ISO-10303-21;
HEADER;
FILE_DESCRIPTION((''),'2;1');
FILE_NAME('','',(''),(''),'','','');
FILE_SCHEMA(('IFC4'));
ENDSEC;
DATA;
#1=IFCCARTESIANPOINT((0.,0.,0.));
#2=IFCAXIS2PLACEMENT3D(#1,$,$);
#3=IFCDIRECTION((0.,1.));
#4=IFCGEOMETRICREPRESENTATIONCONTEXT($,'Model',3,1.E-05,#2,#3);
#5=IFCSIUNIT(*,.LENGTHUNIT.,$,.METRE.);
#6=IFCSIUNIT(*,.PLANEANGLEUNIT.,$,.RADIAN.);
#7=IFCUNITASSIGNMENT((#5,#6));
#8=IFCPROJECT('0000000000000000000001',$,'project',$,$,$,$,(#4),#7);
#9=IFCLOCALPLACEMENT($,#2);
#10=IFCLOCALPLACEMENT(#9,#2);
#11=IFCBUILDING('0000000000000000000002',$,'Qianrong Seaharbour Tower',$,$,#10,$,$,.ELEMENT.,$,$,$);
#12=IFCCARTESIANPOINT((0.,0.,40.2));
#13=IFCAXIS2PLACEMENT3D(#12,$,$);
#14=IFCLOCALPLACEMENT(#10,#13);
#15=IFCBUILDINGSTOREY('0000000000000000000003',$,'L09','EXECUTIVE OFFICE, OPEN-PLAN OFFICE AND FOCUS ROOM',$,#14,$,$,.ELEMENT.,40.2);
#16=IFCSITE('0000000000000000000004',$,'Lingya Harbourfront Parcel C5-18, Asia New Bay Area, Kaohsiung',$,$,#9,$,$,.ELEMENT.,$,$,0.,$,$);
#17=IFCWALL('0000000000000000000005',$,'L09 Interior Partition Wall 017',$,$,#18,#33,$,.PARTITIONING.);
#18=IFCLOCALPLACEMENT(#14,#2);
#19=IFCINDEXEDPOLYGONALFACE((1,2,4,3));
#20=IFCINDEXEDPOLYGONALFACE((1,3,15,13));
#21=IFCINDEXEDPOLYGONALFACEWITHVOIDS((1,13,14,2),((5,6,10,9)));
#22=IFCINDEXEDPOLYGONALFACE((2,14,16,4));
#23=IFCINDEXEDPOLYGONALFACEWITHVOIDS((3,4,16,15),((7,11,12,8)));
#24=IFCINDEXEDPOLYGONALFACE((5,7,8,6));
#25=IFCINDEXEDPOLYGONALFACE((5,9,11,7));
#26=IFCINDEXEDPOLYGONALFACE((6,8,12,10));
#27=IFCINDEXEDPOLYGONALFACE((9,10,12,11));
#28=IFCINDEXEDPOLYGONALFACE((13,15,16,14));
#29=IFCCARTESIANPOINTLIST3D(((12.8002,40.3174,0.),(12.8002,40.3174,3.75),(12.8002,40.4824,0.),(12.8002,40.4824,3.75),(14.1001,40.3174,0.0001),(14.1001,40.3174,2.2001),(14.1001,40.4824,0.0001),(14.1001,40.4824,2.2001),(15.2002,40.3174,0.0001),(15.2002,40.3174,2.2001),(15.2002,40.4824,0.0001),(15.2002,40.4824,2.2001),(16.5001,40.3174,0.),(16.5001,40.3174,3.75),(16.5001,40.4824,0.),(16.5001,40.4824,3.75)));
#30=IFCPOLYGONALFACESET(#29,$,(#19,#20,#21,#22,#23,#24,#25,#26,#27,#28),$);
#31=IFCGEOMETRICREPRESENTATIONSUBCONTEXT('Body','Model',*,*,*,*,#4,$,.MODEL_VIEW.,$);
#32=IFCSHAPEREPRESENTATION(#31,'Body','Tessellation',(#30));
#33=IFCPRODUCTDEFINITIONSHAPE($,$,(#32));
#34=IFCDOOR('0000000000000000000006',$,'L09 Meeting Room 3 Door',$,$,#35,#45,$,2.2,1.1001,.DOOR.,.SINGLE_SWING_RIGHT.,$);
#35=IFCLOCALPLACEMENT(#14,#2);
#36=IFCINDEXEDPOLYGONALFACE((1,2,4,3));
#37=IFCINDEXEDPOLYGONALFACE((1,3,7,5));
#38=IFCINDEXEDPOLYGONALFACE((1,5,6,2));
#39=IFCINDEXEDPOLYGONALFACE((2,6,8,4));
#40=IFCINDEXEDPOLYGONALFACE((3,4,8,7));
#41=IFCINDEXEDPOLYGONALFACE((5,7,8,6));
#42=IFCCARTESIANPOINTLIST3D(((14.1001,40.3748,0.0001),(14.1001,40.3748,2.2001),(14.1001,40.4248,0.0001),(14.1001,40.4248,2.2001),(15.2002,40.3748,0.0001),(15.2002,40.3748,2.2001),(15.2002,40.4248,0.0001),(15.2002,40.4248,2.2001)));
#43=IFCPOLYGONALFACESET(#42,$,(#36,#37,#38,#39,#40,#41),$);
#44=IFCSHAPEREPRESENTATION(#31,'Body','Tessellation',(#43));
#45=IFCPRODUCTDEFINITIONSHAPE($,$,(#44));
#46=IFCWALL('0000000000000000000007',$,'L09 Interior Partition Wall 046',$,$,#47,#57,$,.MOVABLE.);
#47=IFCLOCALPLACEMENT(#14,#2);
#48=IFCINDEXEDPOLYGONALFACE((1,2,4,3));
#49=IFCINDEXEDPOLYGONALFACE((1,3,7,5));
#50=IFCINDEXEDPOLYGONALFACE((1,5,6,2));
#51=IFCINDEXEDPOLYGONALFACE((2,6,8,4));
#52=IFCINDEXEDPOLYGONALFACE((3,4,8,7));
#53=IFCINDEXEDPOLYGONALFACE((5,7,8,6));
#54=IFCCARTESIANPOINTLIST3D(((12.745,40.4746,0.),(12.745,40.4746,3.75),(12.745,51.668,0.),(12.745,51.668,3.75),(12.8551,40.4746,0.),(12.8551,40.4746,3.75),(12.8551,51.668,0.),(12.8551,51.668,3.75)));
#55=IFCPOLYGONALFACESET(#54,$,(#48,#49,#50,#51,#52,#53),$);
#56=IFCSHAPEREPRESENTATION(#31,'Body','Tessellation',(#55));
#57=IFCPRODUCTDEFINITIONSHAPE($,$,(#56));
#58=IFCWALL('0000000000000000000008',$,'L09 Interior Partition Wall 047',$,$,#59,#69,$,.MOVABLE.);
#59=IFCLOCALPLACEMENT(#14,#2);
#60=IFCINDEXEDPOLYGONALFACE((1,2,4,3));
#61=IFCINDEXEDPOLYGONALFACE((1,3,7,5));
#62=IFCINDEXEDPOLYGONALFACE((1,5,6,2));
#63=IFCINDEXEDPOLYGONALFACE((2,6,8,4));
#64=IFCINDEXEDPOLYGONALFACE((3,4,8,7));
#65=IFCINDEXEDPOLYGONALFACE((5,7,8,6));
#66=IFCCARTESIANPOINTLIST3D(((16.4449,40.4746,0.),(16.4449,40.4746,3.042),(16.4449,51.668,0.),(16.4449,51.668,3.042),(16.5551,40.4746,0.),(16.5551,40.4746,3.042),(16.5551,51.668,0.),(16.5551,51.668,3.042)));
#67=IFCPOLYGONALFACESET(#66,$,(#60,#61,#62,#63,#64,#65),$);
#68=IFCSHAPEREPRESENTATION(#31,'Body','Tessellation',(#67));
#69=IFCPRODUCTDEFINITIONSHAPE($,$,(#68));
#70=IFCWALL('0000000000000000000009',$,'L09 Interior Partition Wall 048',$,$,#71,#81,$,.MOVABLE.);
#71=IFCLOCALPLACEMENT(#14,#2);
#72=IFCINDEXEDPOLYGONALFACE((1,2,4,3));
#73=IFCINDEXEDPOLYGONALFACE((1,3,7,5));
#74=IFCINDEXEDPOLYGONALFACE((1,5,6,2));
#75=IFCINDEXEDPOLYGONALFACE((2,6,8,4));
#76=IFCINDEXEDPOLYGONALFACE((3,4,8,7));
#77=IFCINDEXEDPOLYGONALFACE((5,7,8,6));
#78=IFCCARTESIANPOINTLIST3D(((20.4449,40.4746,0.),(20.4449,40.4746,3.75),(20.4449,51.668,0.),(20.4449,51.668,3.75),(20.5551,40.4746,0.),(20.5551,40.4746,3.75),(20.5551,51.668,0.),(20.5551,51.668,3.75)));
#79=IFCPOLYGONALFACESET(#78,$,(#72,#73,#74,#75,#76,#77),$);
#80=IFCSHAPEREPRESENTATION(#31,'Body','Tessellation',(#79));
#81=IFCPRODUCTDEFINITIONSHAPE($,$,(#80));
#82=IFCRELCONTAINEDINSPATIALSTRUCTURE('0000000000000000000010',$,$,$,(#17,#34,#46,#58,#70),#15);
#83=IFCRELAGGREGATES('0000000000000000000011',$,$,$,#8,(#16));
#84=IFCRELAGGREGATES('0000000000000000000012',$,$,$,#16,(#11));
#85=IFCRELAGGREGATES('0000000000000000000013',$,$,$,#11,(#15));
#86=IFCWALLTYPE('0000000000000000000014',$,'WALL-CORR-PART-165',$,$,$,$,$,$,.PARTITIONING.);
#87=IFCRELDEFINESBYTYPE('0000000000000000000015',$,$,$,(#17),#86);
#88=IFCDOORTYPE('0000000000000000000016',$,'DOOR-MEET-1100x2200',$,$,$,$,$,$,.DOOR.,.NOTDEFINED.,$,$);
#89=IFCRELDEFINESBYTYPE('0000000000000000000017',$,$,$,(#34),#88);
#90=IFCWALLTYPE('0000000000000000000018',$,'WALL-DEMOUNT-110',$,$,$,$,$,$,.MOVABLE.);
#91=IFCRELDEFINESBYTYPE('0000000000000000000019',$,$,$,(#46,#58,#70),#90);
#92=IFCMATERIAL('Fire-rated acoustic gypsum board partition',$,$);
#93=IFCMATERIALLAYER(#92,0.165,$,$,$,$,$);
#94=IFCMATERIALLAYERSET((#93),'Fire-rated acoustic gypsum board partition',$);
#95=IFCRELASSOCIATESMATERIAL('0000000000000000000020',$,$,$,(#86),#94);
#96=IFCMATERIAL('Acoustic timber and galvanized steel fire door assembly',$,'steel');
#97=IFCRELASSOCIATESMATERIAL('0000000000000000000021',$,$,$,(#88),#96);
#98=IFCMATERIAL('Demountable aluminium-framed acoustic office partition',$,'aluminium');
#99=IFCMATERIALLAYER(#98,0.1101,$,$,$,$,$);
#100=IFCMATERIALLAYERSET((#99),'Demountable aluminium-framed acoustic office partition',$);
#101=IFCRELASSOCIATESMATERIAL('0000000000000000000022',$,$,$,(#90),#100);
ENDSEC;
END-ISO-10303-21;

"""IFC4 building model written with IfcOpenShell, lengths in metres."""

from ifc_helpers import new_model, si_unit, direction, frame, frame_2d, origin, place, context, subcontext, project, spatial, rectangle, extrude, material, layer, layer_set, type_object, element, fill, save


model = new_model("IFC4")

# Units and contexts
model_context = context("Model", 3, precision=1e-05, world=origin(), true_north=direction((0.0, 1.0)))
body_context = subcontext(model_context, "Body", "Model", "MODEL_VIEW")
ifc_project = project(units=[si_unit("LENGTHUNIT", "METRE"), si_unit("PLANEANGLEUNIT", "RADIAN")], contexts=[model_context])

# Site, building, storey
site_placement = place(None, origin())
site = spatial("IfcSite", under=ifc_project, at=site_placement, Name="Lingya Harbourfront Parcel C5-18, Asia New Bay Area, Kaohsiung", CompositionType="ELEMENT", RefElevation=0.0)
building_placement = place(site_placement, origin())
building = spatial("IfcBuilding", under=site, at=building_placement, Name="Qianrong Seaharbour Tower", CompositionType="ELEMENT")
storey_placement = place(building_placement, frame((0.0, 0.0, 40.2)))
storey = spatial("IfcBuildingStorey", under=building, at=storey_placement, Name="L09", Description="EXECUTIVE OFFICE, OPEN-PLAN OFFICE AND FOCUS ROOM", CompositionType="ELEMENT", Elevation=40.2)

# Wall, opening, door
ifc_material_1 = material(Name="Fire-rated acoustic gypsum board partition")
ifc_layer_1 = layer(ifc_material_1, 0.165)
ifc_layer_set_1 = layer_set([ifc_layer_1], Name="Fire-rated acoustic gypsum board partition")
wall_type_1 = type_object("IfcWallType", Name="WALL-CORR-PART-165", PredefinedType="PARTITIONING", material=ifc_layer_set_1)
wall_1_placement = place(storey_placement, frame((12.8, 40.3999, 0.0), z_axis=(0.0, 0.0, 1.0), x_axis=(1.0, 0.0, 0.0)))
wall_1 = element("IfcWall", 1, at=wall_1_placement, inside=storey, type_object=wall_type_1, Name="L09 Interior Partition Wall 017", PredefinedType="PARTITIONING", context=body_context, shape_type="SweptSolid", body=[
    extrude(rectangle(XDim=3.7, YDim=0.165, at=frame_2d((1.8501, 0.0))), origin(), (0.0, 0.0, 1.0), 3.75),
])
opening_1_placement = place(wall_1_placement, frame((1.3, 0.0, 0.0)))
opening_1 = element("IfcOpeningElement", 2, at=opening_1_placement, cuts=wall_1, PredefinedType="OPENING", context=body_context, shape_type="SweptSolid", body=[
    extrude(rectangle(XDim=1.1001, YDim=2.2, at=frame_2d((0.55, 1.1001))), frame((0.0, 0.0925, 0.0), z_axis=(0.0, -1.0, 0.0), x_axis=(1.0, 0.0, 0.0)), (0.0, 0.0, 1.0), 0.1851),
])
ifc_material_2 = material(Name="Acoustic timber and galvanized steel fire door assembly", Category="steel")
door_type_1 = type_object("IfcDoorType", Name="DOOR-MEET-1100x2200", OperationType="NOTDEFINED", PredefinedType="DOOR", material=ifc_material_2)
door_1_placement = place(opening_1_placement, origin())
door_1 = element("IfcDoor", 3, at=door_1_placement, inside=storey, type_object=door_type_1, Name="L09 Meeting Room 3 Door", OperationType="SINGLE_SWING_RIGHT", OverallHeight=2.2, OverallWidth=1.1001, PredefinedType="DOOR", context=body_context, shape_type="SweptSolid", body=[
    extrude(rectangle(XDim=1.1001, YDim=2.2, at=frame_2d((0.55, 1.1001))), frame((0.0, 0.0249, 0.0), z_axis=(0.0, -1.0, 0.0), x_axis=(1.0, 0.0, 0.0)), (0.0, 0.0, 1.0), 0.05),
])
fill(opening_1, door_1)

# Walls
ifc_material_3 = material(Name="Demountable aluminium-framed acoustic office partition", Category="aluminium")
ifc_layer_2 = layer(ifc_material_3, 0.1101)
ifc_layer_set_2 = layer_set([ifc_layer_2], Name="Demountable aluminium-framed acoustic office partition")
wall_type_2 = type_object("IfcWallType", Name="WALL-DEMOUNT-110", PredefinedType="MOVABLE", material=ifc_layer_set_2)
wall_2_placement = place(storey_placement, frame((12.8, 51.668, 0.0), z_axis=(0.0, 0.0, 1.0), x_axis=(0.0, -1.0, 0.0)))
element("IfcWall", 4, at=wall_2_placement, inside=storey, type_object=wall_type_2, Name="L09 Interior Partition Wall 046", PredefinedType="MOVABLE", context=body_context, shape_type="SweptSolid", body=[
    extrude(rectangle(XDim=11.1934, YDim=0.1101, at=frame_2d((5.5967, 0.0))), origin(), (0.0, 0.0, 1.0), 3.75),
])
wall_3_placement = place(storey_placement, frame((16.5, 51.668, 0.0), z_axis=(0.0, 0.0, 1.0), x_axis=(0.0, -1.0, 0.0)))
element("IfcWall", 5, at=wall_3_placement, inside=storey, type_object=wall_type_2, Name="L09 Interior Partition Wall 047", PredefinedType="MOVABLE", context=body_context, shape_type="SweptSolid", body=[
    extrude(rectangle(XDim=11.1934, YDim=0.1101, at=frame_2d((5.5967, 0.0))), origin(), (0.0, 0.0, 1.0), 3.042),
])
wall_4_placement = place(storey_placement, frame((20.5, 51.668, 0.0), z_axis=(0.0, 0.0, 1.0), x_axis=(0.0, -1.0, 0.0)))
element("IfcWall", 6, at=wall_4_placement, inside=storey, type_object=wall_type_2, Name="L09 Interior Partition Wall 048", PredefinedType="MOVABLE", context=body_context, shape_type="SweptSolid", body=[
    extrude(rectangle(XDim=11.1934, YDim=0.1101, at=frame_2d((5.5967, 0.0))), origin(), (0.0, 0.0, 1.0), 3.75),
])

save(model, "model.ifc")
